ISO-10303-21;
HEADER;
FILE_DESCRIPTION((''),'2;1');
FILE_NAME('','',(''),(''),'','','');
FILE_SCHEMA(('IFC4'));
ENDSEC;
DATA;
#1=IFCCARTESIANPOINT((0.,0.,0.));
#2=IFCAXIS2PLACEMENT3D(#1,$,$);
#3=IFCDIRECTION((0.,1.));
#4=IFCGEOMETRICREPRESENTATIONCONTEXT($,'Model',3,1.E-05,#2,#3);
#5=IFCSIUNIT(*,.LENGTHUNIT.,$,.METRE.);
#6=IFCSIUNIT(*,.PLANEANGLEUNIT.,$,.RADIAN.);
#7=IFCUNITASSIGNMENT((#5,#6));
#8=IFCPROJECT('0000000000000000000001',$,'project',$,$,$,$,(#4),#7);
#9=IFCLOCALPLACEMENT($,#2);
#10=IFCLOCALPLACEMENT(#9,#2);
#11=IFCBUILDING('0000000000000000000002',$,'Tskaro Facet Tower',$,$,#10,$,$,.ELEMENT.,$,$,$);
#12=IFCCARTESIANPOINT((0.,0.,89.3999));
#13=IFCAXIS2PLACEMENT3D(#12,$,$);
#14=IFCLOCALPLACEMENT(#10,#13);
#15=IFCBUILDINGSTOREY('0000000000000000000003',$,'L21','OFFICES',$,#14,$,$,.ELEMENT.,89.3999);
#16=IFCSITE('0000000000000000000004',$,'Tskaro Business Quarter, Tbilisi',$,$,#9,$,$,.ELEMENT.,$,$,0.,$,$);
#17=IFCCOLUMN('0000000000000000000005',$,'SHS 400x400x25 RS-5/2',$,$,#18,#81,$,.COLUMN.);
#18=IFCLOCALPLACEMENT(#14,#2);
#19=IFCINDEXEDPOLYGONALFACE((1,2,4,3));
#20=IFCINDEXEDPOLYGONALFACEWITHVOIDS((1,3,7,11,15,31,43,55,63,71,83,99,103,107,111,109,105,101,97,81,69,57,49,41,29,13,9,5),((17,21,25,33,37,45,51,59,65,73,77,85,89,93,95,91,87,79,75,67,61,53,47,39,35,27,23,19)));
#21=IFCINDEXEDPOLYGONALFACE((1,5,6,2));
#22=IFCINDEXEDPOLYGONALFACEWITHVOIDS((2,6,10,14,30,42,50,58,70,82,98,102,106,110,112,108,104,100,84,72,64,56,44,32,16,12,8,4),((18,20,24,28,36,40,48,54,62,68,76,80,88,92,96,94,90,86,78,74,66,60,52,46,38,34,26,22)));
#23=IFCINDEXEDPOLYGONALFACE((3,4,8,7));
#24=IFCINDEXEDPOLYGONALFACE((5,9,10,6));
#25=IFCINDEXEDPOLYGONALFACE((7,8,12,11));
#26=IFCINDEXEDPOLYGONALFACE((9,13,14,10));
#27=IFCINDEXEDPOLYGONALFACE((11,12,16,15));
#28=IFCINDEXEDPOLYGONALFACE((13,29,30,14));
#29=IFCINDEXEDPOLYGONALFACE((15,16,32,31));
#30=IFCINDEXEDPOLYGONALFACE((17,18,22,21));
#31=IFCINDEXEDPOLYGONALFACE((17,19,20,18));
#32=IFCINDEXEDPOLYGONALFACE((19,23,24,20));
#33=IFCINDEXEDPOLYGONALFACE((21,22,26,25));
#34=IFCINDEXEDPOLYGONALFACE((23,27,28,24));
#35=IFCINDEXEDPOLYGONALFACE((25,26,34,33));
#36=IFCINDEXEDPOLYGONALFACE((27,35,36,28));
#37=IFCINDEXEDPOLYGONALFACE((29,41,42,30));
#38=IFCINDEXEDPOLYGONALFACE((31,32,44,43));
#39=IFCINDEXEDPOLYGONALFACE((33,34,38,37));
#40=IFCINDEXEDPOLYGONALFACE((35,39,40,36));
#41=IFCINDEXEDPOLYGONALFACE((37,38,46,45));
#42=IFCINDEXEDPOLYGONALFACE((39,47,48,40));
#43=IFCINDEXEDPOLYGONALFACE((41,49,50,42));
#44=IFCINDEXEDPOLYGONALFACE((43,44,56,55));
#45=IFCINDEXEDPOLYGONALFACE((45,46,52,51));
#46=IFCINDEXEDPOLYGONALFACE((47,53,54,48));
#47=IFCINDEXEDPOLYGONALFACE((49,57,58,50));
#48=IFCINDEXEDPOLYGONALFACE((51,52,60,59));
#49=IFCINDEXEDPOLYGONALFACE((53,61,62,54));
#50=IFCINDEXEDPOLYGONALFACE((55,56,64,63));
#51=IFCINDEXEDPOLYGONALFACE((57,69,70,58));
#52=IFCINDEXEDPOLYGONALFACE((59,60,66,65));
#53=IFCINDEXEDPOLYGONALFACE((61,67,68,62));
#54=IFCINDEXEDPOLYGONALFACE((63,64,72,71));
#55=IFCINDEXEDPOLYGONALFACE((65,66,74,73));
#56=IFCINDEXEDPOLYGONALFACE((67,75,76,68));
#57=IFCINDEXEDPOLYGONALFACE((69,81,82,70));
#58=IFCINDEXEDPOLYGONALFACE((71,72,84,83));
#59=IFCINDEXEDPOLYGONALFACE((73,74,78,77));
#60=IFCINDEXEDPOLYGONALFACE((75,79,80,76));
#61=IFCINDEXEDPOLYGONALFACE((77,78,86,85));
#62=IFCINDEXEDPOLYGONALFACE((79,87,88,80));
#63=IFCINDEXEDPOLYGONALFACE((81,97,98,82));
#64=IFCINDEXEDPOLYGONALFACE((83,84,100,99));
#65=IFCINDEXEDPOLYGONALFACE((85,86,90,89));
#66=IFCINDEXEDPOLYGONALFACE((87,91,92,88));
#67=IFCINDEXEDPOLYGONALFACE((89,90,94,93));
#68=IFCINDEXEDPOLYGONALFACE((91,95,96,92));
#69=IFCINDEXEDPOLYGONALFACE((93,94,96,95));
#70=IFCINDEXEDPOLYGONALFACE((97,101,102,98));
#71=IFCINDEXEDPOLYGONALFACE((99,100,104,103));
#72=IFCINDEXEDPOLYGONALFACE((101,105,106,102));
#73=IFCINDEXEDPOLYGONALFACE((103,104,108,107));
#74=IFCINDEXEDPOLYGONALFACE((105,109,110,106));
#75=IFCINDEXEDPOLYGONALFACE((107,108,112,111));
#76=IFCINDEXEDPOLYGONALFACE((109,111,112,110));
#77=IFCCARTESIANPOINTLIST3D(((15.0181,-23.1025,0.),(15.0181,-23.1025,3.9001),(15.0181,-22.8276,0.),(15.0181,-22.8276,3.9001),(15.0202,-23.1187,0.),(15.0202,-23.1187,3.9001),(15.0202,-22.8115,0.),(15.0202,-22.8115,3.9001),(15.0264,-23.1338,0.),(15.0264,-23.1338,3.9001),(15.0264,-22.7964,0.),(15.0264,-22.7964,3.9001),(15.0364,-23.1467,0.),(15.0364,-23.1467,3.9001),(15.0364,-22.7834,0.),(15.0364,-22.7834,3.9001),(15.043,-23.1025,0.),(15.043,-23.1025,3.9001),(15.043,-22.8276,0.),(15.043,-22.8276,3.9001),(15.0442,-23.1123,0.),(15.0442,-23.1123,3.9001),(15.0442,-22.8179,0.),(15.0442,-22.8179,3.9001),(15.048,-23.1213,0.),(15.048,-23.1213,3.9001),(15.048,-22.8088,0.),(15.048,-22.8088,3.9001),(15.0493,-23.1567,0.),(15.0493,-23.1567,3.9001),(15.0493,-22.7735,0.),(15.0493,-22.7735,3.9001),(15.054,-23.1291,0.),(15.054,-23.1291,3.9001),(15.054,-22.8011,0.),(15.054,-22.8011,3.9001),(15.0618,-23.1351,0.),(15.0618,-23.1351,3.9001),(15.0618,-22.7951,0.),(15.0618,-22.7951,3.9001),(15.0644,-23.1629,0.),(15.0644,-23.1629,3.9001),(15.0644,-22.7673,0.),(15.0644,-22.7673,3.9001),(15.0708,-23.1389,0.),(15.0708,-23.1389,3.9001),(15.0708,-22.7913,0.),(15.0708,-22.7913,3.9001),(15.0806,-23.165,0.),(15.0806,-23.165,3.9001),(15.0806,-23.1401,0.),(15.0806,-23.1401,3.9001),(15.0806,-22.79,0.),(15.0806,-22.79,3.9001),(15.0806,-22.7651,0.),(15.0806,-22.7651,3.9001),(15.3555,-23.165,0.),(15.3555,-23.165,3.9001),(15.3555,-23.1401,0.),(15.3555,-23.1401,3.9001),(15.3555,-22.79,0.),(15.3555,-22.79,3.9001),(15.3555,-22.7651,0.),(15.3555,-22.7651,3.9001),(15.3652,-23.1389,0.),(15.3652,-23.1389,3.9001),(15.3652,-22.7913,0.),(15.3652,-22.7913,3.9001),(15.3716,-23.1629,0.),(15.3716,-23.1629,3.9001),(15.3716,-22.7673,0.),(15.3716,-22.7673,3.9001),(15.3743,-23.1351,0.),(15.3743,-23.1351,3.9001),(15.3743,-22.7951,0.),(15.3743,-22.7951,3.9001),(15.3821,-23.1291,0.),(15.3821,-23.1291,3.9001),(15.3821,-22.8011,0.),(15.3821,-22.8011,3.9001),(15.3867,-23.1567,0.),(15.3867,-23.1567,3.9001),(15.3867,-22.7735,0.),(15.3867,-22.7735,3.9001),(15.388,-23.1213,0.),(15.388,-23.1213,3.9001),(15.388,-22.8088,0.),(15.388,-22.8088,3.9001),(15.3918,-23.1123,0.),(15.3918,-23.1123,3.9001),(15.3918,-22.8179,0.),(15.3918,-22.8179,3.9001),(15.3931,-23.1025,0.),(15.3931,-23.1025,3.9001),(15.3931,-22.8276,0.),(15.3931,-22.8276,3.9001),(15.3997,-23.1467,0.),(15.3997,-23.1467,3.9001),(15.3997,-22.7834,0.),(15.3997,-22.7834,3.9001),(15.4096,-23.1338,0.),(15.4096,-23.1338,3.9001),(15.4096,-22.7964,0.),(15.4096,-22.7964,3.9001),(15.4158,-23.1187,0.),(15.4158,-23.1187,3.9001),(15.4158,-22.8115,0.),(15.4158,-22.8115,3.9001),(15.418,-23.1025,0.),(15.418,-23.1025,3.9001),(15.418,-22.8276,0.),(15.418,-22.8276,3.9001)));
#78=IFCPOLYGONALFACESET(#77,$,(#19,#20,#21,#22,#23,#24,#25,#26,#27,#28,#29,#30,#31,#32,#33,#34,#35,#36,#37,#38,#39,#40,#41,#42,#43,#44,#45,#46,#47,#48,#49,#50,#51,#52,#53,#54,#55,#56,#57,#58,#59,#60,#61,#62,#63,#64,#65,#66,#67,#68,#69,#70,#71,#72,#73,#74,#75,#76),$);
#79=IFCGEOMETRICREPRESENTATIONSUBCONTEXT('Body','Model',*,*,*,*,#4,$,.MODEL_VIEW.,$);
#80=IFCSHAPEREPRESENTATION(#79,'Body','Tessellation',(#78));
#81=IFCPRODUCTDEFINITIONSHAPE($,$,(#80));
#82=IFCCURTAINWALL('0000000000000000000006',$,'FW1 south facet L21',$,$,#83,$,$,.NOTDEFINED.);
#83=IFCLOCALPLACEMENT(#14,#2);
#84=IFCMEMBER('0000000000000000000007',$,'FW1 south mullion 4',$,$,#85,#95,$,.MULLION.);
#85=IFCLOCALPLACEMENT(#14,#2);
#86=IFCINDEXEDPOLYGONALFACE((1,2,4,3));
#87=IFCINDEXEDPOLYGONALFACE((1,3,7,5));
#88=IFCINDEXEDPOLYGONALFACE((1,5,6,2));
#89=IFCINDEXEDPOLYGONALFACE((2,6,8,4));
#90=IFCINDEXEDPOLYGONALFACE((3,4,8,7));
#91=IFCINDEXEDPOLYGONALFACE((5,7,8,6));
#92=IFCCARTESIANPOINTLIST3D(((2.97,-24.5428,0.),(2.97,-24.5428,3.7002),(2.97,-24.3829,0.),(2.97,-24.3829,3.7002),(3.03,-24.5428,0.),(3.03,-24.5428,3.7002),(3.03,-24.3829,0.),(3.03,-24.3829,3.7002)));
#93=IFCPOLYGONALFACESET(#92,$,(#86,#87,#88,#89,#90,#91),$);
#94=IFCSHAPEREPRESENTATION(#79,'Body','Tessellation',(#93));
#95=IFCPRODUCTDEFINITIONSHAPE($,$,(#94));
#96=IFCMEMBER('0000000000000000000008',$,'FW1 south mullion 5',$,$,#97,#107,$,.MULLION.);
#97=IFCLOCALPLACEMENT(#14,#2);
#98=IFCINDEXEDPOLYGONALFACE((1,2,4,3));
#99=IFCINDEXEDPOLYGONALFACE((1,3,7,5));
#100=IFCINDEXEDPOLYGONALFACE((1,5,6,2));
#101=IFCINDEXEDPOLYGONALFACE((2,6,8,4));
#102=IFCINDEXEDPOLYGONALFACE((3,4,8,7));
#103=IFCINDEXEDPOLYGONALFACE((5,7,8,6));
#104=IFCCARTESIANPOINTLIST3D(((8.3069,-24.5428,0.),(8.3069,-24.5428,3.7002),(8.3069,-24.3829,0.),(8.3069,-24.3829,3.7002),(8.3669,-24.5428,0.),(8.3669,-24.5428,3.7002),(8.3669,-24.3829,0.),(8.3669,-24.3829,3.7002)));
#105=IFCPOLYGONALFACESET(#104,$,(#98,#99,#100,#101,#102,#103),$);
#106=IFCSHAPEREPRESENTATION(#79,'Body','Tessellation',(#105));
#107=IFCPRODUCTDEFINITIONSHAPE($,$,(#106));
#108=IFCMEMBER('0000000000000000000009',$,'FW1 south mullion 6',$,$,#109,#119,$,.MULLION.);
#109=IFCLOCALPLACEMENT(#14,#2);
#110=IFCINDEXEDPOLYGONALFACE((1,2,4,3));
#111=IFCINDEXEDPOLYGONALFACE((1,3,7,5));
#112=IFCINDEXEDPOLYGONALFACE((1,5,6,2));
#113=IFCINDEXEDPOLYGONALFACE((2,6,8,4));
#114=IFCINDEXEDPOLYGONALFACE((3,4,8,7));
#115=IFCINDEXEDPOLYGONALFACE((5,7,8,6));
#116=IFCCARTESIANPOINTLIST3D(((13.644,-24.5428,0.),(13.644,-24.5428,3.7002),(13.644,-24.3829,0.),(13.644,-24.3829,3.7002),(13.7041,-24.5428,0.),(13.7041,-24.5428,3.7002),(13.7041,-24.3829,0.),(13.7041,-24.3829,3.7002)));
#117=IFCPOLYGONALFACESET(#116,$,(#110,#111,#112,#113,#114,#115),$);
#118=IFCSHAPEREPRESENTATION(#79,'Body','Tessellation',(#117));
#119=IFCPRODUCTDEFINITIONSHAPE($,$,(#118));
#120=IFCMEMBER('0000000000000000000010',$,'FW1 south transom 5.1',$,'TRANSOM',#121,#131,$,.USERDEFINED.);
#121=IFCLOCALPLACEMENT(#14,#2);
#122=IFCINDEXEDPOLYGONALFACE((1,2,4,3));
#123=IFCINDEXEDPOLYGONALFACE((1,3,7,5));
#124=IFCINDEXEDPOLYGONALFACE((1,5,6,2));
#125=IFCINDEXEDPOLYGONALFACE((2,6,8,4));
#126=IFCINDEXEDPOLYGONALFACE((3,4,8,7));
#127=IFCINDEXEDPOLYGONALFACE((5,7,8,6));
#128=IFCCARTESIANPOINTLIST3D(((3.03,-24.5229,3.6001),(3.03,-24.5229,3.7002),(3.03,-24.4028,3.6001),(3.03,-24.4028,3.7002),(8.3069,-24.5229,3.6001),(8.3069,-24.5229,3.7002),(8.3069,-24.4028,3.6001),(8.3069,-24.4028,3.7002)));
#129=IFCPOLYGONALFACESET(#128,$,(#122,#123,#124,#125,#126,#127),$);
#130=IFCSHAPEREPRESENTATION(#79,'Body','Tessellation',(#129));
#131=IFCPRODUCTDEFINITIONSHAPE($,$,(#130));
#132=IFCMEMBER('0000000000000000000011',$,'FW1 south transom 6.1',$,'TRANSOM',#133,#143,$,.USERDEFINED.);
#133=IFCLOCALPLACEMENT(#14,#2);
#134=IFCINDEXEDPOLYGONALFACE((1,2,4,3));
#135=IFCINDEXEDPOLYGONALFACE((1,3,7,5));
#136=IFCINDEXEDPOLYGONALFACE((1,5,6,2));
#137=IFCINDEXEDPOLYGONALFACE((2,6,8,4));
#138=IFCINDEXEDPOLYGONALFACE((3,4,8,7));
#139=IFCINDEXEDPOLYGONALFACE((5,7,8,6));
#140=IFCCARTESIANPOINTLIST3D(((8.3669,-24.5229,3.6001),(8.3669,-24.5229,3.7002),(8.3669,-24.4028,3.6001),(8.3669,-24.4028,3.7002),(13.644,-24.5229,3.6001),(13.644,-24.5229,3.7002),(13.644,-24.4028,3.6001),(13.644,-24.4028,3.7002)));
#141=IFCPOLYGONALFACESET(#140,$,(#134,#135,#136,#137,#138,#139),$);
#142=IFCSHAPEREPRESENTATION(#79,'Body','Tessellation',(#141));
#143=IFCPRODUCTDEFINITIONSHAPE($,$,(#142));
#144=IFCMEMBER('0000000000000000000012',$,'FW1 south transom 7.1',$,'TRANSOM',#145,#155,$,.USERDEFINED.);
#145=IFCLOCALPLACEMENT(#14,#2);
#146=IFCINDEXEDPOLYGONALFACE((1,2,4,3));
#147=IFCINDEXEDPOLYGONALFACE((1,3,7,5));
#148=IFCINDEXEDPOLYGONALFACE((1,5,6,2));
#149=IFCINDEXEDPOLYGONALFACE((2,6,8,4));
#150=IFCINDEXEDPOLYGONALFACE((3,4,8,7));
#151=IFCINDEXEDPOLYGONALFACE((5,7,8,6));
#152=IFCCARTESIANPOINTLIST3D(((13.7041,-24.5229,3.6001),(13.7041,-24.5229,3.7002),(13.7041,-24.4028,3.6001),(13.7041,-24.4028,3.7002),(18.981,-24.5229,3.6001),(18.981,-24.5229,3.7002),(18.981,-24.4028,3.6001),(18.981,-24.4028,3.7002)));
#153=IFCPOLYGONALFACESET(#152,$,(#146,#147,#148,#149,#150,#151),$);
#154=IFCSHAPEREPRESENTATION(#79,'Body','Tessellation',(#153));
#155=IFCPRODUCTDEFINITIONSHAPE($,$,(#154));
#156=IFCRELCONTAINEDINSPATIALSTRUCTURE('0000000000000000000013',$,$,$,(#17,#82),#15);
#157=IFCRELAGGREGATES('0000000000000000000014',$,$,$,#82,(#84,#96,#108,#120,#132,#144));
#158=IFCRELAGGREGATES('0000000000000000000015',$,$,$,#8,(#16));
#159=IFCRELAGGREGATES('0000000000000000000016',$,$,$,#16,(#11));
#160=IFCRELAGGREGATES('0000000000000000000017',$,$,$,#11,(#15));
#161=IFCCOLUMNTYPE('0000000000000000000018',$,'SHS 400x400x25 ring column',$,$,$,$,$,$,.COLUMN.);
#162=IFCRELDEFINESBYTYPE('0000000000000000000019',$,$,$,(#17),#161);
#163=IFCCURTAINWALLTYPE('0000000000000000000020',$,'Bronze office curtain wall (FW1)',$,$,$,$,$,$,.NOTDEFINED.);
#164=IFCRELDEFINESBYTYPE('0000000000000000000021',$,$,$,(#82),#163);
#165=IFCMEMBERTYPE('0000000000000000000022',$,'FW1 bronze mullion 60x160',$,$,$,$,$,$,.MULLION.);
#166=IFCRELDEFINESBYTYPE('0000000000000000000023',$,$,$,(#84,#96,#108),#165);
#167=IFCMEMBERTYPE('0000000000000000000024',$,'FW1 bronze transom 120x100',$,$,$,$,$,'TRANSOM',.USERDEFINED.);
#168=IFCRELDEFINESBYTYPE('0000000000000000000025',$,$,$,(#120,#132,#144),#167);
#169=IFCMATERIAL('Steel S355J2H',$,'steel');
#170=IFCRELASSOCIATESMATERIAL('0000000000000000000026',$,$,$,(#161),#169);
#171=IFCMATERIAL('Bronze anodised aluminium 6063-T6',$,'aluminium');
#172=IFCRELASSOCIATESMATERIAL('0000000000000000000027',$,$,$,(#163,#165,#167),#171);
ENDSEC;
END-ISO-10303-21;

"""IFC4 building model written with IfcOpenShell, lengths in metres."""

from ifc_helpers import new_model, si_unit, direction, frame, origin, origin_2d, place, context, subcontext, project, spatial, rectangle, hollow_rectangle, extrude, material, material_profile, profile_set, type_object, element, aggregate, save


model = new_model("IFC4")

# Units and contexts
model_context = context("Model", 3, precision=1e-05, world=origin(), true_north=direction((0.0, 1.0)))
body_context = subcontext(model_context, "Body", "Model", "MODEL_VIEW")
ifc_project = project(units=[si_unit("LENGTHUNIT", "METRE"), si_unit("PLANEANGLEUNIT", "RADIAN")], contexts=[model_context])

# Site, building, storey
site_placement = place(None, origin())
site = spatial("IfcSite", under=ifc_project, at=site_placement, Name="Tskaro Business Quarter, Tbilisi", CompositionType="ELEMENT", RefElevation=0.0)
building_placement = place(site_placement, origin())
building = spatial("IfcBuilding", under=site, at=building_placement, Name="Tskaro Facet Tower", CompositionType="ELEMENT")
storey_placement = place(building_placement, frame((0.0, 0.0, 89.3999)))
storey = spatial("IfcBuildingStorey", under=building, at=storey_placement, Name="L21", Description="OFFICES", CompositionType="ELEMENT", Elevation=89.3999)

# Column
ifc_material_1 = material(Name="Steel S355J2H", Category="steel")
ifc_material_profile_1 = material_profile(ifc_material_1, hollow_rectangle(XDim=0.3999, YDim=0.3999, WallThickness=0.0249, InnerFilletRadius=0.0376, OuterFilletRadius=0.0625, at=origin_2d()), Name="SHS 400x400x25")
ifc_profile_set_1 = profile_set([ifc_material_profile_1], Name="Steel S355J2H")
column_type_1 = type_object("IfcColumnType", Name="SHS 400x400x25 ring column", PredefinedType="COLUMN", material=ifc_profile_set_1)
for number, where, z_axis, x_axis, name in (
    (1, (15.218, -22.9651, 0.0), (0.0, 0.0, 1.0), (1.0, 0.0, 0.0), "SHS 400x400x25 RS-5/2"),
):
    element("IfcColumn", number, at=place(storey_placement, frame(where, z_axis=z_axis, x_axis=x_axis)), inside=storey, type_object=column_type_1, Name=name, PredefinedType="COLUMN", context=body_context, shape_type="SweptSolid", body=[
        extrude(hollow_rectangle(XDim=0.3999, YDim=0.3999, WallThickness=0.0249, InnerFilletRadius=0.0376, OuterFilletRadius=0.0625, at=origin_2d()), origin(), (0.0, 0.0, 1.0), 3.9001),
    ])

# Curtain wall, members
ifc_material_2 = material(Name="Bronze anodised aluminium 6063-T6", Category="aluminium")
curtain_wall_type = type_object("IfcCurtainWallType", Name="Bronze office curtain wall (FW1)", PredefinedType="NOTDEFINED", material=ifc_material_2)
curtain_wall_placement = place(storey_placement, origin())
curtain_wall = element("IfcCurtainWall", 2, at=curtain_wall_placement, inside=storey, type_object=curtain_wall_type, Name="FW1 south facet L21", PredefinedType="NOTDEFINED")
ifc_material_profile_2 = material_profile(ifc_material_2, rectangle(XDim=0.0601, YDim=0.1599, at=origin_2d()), Name="Mullion 60x160")
ifc_profile_set_2 = profile_set([ifc_material_profile_2], Name="Bronze anodised aluminium 6063-T6")
member_type_1 = type_object("IfcMemberType", Name="FW1 bronze mullion 60x160", PredefinedType="MULLION", material=ifc_profile_set_2)
member_1_placement = place(storey_placement, frame((3.0, -24.4629, 0.0), z_axis=(0.0, 0.0, 1.0), x_axis=(1.0, 0.0, 0.0)))
member_1 = element("IfcMember", 3, at=member_1_placement, type_object=member_type_1, Name="FW1 south mullion 4", PredefinedType="MULLION", context=body_context, shape_type="SweptSolid", body=[
    extrude(rectangle(XDim=0.0601, YDim=0.1599, at=origin_2d()), origin(), (0.0, 0.0, 1.0), 3.7002),
])
member_2_placement = place(storey_placement, frame((8.3369, -24.4629, 0.0), z_axis=(0.0, 0.0, 1.0), x_axis=(1.0, 0.0, 0.0)))
member_2 = element("IfcMember", 4, at=member_2_placement, type_object=member_type_1, Name="FW1 south mullion 5", PredefinedType="MULLION", context=body_context, shape_type="SweptSolid", body=[
    extrude(rectangle(XDim=0.0601, YDim=0.1599, at=origin_2d()), origin(), (0.0, 0.0, 1.0), 3.7002),
])
member_3_placement = place(storey_placement, frame((13.6741, -24.4629, 0.0), z_axis=(0.0, 0.0, 1.0), x_axis=(1.0, 0.0, 0.0)))
member_3 = element("IfcMember", 5, at=member_3_placement, type_object=member_type_1, Name="FW1 south mullion 6", PredefinedType="MULLION", context=body_context, shape_type="SweptSolid", body=[
    extrude(rectangle(XDim=0.0601, YDim=0.1599, at=origin_2d()), origin(), (0.0, 0.0, 1.0), 3.7002),
])
ifc_material_profile_3 = material_profile(ifc_material_2, rectangle(XDim=0.1201, YDim=0.1001, at=origin_2d()), Name="Transom 120x100")
ifc_profile_set_3 = profile_set([ifc_material_profile_3], Name="Bronze anodised aluminium 6063-T6")
member_type_2 = type_object("IfcMemberType", Name="FW1 bronze transom 120x100", ElementType="TRANSOM", PredefinedType="USERDEFINED", material=ifc_profile_set_3)
member_4_placement = place(storey_placement, frame((3.03, -24.4629, 3.6501), z_axis=(1.0, 0.0, 0.0), x_axis=(0.0, 1.0, 0.0)))
member_4 = element("IfcMember", 6, at=member_4_placement, type_object=member_type_2, Name="FW1 south transom 5.1", ObjectType="TRANSOM", PredefinedType="USERDEFINED", context=body_context, shape_type="SweptSolid", body=[
    extrude(rectangle(XDim=0.1201, YDim=0.1001, at=origin_2d()), origin(), (0.0, 0.0, 1.0), 5.2769),
])
member_5_placement = place(storey_placement, frame((8.3669, -24.4629, 3.6501), z_axis=(1.0, 0.0, 0.0), x_axis=(0.0, 1.0, 0.0)))
member_5 = element("IfcMember", 7, at=member_5_placement, type_object=member_type_2, Name="FW1 south transom 6.1", ObjectType="TRANSOM", PredefinedType="USERDEFINED", context=body_context, shape_type="SweptSolid", body=[
    extrude(rectangle(XDim=0.1201, YDim=0.1001, at=origin_2d()), origin(), (0.0, 0.0, 1.0), 5.2771),
])
member_6_placement = place(storey_placement, frame((13.7041, -24.4629, 3.6501), z_axis=(1.0, 0.0, 0.0), x_axis=(0.0, 1.0, 0.0)))
member_6 = element("IfcMember", 8, at=member_6_placement, type_object=member_type_2, Name="FW1 south transom 7.1", ObjectType="TRANSOM", PredefinedType="USERDEFINED", context=body_context, shape_type="SweptSolid", body=[
    extrude(rectangle(XDim=0.1201, YDim=0.1001, at=origin_2d()), origin(), (0.0, 0.0, 1.0), 5.2769),
])

aggregate(curtain_wall, [member_1, member_2, member_3, member_4, member_5, member_6])

save(model, "model.ifc")
